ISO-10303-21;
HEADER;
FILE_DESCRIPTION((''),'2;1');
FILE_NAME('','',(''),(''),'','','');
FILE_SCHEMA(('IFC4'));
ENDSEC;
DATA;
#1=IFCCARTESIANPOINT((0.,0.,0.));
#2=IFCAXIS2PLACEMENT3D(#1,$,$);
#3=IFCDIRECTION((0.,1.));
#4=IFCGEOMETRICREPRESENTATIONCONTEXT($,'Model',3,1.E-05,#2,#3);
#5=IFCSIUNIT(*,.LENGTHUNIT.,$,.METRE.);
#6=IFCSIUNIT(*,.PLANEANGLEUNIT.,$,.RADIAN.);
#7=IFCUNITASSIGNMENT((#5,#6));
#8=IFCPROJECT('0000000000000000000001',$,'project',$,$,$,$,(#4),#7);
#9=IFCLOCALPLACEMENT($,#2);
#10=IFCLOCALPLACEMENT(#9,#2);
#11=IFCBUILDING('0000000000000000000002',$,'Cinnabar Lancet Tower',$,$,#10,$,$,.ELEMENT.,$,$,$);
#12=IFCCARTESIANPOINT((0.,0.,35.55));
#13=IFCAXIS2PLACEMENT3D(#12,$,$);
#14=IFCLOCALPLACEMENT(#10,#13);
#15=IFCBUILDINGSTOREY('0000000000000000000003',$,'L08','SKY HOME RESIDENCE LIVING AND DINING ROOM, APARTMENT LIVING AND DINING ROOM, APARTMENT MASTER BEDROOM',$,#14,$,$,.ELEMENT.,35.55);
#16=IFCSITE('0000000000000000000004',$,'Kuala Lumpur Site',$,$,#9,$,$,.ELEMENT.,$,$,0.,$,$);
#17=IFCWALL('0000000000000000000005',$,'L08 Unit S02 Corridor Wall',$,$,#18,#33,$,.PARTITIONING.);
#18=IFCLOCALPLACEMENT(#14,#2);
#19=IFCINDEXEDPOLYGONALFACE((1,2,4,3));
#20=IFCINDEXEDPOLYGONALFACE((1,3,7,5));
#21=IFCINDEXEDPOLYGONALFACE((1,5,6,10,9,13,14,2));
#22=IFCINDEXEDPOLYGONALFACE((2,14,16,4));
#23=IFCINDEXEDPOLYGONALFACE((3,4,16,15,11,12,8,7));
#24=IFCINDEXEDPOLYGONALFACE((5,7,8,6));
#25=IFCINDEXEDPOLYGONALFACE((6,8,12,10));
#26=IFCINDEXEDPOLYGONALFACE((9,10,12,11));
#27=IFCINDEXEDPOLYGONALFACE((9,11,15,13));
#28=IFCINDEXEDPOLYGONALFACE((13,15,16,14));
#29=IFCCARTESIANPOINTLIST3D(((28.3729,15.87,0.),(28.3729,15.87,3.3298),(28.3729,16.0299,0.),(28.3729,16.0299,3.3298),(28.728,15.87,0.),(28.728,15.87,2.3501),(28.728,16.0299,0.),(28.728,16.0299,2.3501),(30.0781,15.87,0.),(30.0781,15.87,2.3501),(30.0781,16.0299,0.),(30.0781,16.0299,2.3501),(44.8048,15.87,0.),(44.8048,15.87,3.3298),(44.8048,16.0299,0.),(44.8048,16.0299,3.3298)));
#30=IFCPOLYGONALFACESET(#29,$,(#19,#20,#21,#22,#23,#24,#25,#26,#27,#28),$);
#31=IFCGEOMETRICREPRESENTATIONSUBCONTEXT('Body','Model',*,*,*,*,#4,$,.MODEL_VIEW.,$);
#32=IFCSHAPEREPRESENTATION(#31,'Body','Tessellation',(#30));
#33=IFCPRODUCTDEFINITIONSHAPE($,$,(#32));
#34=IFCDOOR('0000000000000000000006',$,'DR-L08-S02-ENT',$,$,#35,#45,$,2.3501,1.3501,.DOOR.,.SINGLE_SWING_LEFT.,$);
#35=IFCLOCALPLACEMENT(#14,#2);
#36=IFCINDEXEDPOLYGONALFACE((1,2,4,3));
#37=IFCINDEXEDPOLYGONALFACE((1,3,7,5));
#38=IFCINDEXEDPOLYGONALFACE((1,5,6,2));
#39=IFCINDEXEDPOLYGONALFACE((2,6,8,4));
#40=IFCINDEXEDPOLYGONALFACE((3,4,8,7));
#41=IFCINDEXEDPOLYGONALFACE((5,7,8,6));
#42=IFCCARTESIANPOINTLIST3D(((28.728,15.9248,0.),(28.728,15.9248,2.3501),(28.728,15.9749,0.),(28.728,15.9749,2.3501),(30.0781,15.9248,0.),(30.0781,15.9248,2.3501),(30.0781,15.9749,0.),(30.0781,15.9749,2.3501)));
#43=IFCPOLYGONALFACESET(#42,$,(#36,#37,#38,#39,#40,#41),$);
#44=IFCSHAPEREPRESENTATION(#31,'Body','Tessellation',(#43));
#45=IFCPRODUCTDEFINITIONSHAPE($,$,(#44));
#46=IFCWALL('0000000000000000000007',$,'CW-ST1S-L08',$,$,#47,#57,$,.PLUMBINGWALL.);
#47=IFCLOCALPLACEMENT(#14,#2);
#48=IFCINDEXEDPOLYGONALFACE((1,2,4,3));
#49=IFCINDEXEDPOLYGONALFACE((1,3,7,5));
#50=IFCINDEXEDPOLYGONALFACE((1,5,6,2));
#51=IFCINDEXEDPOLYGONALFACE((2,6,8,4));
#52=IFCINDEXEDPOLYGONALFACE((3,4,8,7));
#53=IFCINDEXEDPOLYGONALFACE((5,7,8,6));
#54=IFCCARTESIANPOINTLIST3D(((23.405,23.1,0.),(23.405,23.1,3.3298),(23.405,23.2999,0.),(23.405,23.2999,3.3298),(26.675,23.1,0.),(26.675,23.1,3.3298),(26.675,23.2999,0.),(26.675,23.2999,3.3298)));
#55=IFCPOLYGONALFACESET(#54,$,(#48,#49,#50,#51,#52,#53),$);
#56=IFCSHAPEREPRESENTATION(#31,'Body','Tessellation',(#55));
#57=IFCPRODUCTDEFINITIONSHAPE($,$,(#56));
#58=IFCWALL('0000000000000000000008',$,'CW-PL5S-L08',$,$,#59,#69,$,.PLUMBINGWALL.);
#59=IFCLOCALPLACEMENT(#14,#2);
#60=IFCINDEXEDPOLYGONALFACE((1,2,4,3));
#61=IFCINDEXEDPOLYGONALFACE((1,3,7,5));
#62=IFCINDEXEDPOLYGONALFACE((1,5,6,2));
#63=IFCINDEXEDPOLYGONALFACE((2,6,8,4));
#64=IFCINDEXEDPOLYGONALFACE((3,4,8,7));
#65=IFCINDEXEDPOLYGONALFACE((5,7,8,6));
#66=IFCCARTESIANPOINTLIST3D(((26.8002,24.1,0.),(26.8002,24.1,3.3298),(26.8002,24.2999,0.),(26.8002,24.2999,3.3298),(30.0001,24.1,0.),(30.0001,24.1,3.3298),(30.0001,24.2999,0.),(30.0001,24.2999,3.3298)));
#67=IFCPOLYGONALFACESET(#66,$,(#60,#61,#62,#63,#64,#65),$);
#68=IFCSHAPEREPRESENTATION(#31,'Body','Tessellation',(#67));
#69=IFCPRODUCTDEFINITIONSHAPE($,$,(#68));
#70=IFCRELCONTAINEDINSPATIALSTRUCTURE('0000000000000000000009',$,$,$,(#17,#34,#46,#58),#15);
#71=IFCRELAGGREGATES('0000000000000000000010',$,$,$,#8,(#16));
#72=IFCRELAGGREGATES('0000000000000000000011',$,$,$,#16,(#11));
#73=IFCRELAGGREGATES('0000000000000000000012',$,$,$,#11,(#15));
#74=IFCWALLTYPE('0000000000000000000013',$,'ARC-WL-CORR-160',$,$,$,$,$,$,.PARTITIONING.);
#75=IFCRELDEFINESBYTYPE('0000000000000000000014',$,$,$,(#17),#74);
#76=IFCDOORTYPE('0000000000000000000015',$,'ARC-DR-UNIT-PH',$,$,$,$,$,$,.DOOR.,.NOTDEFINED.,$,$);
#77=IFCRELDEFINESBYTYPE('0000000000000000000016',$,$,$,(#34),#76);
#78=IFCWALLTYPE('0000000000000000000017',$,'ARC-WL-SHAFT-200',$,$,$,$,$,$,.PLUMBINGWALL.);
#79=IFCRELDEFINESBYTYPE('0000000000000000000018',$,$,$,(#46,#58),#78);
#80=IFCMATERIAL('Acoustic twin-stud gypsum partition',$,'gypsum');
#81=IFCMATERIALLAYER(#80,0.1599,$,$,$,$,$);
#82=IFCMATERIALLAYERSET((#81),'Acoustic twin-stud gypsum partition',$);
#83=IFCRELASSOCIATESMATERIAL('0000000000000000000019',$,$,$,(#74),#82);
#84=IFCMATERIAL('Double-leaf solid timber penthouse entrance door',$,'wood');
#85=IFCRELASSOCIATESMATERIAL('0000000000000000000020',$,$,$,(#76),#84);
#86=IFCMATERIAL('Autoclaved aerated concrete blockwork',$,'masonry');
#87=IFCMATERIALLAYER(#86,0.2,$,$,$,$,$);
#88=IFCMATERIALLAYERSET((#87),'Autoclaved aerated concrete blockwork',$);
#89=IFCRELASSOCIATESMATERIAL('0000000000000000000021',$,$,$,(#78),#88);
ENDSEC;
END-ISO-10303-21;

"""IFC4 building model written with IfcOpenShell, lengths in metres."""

from ifc_helpers import new_model, si_unit, direction, frame, frame_2d, origin, place, context, subcontext, project, spatial, rectangle, extrude, material, layer, layer_set, type_object, element, fill, save


model = new_model("IFC4")

# Units and contexts
model_context = context("Model", 3, precision=1e-05, world=origin(), true_north=direction((0.0, 1.0)))
body_context = subcontext(model_context, "Body", "Model", "MODEL_VIEW")
ifc_project = project(units=[si_unit("LENGTHUNIT", "METRE"), si_unit("PLANEANGLEUNIT", "RADIAN")], contexts=[model_context])

# Site, building, storey
site_placement = place(None, origin())
site = spatial("IfcSite", under=ifc_project, at=site_placement, Name="Kuala Lumpur Site", CompositionType="ELEMENT", RefElevation=0.0)
building_placement = place(site_placement, origin())
building = spatial("IfcBuilding", under=site, at=building_placement, Name="Cinnabar Lancet Tower", CompositionType="ELEMENT")
storey_placement = place(building_placement, frame((0.0, 0.0, 35.55)))
storey = spatial("IfcBuildingStorey", under=building, at=storey_placement, Name="L08", Description="SKY HOME RESIDENCE LIVING AND DINING ROOM, APARTMENT LIVING AND DINING ROOM, APARTMENT MASTER BEDROOM", CompositionType="ELEMENT", Elevation=35.55)

# Wall, opening, door
ifc_material_1 = material(Name="Acoustic twin-stud gypsum partition", Category="gypsum")
ifc_layer_1 = layer(ifc_material_1, 0.1599)
ifc_layer_set_1 = layer_set([ifc_layer_1], Name="Acoustic twin-stud gypsum partition")
wall_type_1 = type_object("IfcWallType", Name="ARC-WL-CORR-160", PredefinedType="PARTITIONING", material=ifc_layer_set_1)
wall_1_placement = place(storey_placement, frame((28.373, 15.95, 0.0), z_axis=(0.0, 0.0, 1.0), x_axis=(1.0, 0.0, 0.0)))
wall_1 = element("IfcWall", 1, at=wall_1_placement, inside=storey, type_object=wall_type_1, Name="L08 Unit S02 Corridor Wall", PredefinedType="PARTITIONING", context=body_context, shape_type="SweptSolid", body=[
    extrude(rectangle(XDim=16.4319, YDim=0.1599, at=frame_2d((8.2158, 0.0))), origin(), (0.0, 0.0, 1.0), 3.3298),
])
opening_1_placement = place(wall_1_placement, frame((0.355, 0.0, 0.0)))
opening_1 = element("IfcOpeningElement", 2, at=opening_1_placement, cuts=wall_1, PredefinedType="OPENING", context=body_context, shape_type="SweptSolid", body=[
    extrude(rectangle(XDim=1.3501, YDim=2.3501, at=frame_2d((0.675, 1.175))), frame((0.0, 0.0898, 0.0), z_axis=(0.0, -1.0, 0.0), x_axis=(1.0, 0.0, 0.0)), (0.0, 0.0, 1.0), 0.1799),
])
ifc_material_2 = material(Name="Double-leaf solid timber penthouse entrance door", Category="wood")
door_type_1 = type_object("IfcDoorType", Name="ARC-DR-UNIT-PH", OperationType="NOTDEFINED", PredefinedType="DOOR", material=ifc_material_2)
door_1_placement = place(opening_1_placement, origin())
door_1 = element("IfcDoor", 3, at=door_1_placement, inside=storey, type_object=door_type_1, Name="DR-L08-S02-ENT", OperationType="SINGLE_SWING_LEFT", OverallHeight=2.3501, OverallWidth=1.3501, PredefinedType="DOOR", context=body_context, shape_type="SweptSolid", body=[
    extrude(rectangle(XDim=1.3501, YDim=2.3501, at=frame_2d((0.675, 1.175))), frame((0.0, 0.0249, 0.0), z_axis=(0.0, -1.0, 0.0), x_axis=(1.0, 0.0, 0.0)), (0.0, 0.0, 1.0), 0.05),
])
fill(opening_1, door_1)

# Walls
ifc_material_3 = material(Name="Autoclaved aerated concrete blockwork", Category="masonry")
ifc_layer_2 = layer(ifc_material_3, 0.2)
ifc_layer_set_2 = layer_set([ifc_layer_2], Name="Autoclaved aerated concrete blockwork")
wall_type_2 = type_object("IfcWallType", Name="ARC-WL-SHAFT-200", PredefinedType="PLUMBINGWALL", material=ifc_layer_set_2)
wall_2_placement = place(storey_placement, frame((23.405, 23.2, 0.0), z_axis=(0.0, 0.0, 1.0), x_axis=(1.0, 0.0, 0.0)))
element("IfcWall", 4, at=wall_2_placement, inside=storey, type_object=wall_type_2, Name="CW-ST1S-L08", PredefinedType="PLUMBINGWALL", context=body_context, shape_type="SweptSolid", body=[
    extrude(rectangle(XDim=3.27, YDim=0.2, at=frame_2d((1.635, 0.0))), origin(), (0.0, 0.0, 1.0), 3.3298),
])
wall_3_placement = place(storey_placement, frame((26.8, 24.2, 0.0), z_axis=(0.0, 0.0, 1.0), x_axis=(1.0, 0.0, 0.0)))
element("IfcWall", 5, at=wall_3_placement, inside=storey, type_object=wall_type_2, Name="CW-PL5S-L08", PredefinedType="PLUMBINGWALL", context=body_context, shape_type="SweptSolid", body=[
    extrude(rectangle(XDim=3.2, YDim=0.2, at=frame_2d((1.6001, 0.0))), origin(), (0.0, 0.0, 1.0), 3.3298),
])

save(model, "model.ifc")
